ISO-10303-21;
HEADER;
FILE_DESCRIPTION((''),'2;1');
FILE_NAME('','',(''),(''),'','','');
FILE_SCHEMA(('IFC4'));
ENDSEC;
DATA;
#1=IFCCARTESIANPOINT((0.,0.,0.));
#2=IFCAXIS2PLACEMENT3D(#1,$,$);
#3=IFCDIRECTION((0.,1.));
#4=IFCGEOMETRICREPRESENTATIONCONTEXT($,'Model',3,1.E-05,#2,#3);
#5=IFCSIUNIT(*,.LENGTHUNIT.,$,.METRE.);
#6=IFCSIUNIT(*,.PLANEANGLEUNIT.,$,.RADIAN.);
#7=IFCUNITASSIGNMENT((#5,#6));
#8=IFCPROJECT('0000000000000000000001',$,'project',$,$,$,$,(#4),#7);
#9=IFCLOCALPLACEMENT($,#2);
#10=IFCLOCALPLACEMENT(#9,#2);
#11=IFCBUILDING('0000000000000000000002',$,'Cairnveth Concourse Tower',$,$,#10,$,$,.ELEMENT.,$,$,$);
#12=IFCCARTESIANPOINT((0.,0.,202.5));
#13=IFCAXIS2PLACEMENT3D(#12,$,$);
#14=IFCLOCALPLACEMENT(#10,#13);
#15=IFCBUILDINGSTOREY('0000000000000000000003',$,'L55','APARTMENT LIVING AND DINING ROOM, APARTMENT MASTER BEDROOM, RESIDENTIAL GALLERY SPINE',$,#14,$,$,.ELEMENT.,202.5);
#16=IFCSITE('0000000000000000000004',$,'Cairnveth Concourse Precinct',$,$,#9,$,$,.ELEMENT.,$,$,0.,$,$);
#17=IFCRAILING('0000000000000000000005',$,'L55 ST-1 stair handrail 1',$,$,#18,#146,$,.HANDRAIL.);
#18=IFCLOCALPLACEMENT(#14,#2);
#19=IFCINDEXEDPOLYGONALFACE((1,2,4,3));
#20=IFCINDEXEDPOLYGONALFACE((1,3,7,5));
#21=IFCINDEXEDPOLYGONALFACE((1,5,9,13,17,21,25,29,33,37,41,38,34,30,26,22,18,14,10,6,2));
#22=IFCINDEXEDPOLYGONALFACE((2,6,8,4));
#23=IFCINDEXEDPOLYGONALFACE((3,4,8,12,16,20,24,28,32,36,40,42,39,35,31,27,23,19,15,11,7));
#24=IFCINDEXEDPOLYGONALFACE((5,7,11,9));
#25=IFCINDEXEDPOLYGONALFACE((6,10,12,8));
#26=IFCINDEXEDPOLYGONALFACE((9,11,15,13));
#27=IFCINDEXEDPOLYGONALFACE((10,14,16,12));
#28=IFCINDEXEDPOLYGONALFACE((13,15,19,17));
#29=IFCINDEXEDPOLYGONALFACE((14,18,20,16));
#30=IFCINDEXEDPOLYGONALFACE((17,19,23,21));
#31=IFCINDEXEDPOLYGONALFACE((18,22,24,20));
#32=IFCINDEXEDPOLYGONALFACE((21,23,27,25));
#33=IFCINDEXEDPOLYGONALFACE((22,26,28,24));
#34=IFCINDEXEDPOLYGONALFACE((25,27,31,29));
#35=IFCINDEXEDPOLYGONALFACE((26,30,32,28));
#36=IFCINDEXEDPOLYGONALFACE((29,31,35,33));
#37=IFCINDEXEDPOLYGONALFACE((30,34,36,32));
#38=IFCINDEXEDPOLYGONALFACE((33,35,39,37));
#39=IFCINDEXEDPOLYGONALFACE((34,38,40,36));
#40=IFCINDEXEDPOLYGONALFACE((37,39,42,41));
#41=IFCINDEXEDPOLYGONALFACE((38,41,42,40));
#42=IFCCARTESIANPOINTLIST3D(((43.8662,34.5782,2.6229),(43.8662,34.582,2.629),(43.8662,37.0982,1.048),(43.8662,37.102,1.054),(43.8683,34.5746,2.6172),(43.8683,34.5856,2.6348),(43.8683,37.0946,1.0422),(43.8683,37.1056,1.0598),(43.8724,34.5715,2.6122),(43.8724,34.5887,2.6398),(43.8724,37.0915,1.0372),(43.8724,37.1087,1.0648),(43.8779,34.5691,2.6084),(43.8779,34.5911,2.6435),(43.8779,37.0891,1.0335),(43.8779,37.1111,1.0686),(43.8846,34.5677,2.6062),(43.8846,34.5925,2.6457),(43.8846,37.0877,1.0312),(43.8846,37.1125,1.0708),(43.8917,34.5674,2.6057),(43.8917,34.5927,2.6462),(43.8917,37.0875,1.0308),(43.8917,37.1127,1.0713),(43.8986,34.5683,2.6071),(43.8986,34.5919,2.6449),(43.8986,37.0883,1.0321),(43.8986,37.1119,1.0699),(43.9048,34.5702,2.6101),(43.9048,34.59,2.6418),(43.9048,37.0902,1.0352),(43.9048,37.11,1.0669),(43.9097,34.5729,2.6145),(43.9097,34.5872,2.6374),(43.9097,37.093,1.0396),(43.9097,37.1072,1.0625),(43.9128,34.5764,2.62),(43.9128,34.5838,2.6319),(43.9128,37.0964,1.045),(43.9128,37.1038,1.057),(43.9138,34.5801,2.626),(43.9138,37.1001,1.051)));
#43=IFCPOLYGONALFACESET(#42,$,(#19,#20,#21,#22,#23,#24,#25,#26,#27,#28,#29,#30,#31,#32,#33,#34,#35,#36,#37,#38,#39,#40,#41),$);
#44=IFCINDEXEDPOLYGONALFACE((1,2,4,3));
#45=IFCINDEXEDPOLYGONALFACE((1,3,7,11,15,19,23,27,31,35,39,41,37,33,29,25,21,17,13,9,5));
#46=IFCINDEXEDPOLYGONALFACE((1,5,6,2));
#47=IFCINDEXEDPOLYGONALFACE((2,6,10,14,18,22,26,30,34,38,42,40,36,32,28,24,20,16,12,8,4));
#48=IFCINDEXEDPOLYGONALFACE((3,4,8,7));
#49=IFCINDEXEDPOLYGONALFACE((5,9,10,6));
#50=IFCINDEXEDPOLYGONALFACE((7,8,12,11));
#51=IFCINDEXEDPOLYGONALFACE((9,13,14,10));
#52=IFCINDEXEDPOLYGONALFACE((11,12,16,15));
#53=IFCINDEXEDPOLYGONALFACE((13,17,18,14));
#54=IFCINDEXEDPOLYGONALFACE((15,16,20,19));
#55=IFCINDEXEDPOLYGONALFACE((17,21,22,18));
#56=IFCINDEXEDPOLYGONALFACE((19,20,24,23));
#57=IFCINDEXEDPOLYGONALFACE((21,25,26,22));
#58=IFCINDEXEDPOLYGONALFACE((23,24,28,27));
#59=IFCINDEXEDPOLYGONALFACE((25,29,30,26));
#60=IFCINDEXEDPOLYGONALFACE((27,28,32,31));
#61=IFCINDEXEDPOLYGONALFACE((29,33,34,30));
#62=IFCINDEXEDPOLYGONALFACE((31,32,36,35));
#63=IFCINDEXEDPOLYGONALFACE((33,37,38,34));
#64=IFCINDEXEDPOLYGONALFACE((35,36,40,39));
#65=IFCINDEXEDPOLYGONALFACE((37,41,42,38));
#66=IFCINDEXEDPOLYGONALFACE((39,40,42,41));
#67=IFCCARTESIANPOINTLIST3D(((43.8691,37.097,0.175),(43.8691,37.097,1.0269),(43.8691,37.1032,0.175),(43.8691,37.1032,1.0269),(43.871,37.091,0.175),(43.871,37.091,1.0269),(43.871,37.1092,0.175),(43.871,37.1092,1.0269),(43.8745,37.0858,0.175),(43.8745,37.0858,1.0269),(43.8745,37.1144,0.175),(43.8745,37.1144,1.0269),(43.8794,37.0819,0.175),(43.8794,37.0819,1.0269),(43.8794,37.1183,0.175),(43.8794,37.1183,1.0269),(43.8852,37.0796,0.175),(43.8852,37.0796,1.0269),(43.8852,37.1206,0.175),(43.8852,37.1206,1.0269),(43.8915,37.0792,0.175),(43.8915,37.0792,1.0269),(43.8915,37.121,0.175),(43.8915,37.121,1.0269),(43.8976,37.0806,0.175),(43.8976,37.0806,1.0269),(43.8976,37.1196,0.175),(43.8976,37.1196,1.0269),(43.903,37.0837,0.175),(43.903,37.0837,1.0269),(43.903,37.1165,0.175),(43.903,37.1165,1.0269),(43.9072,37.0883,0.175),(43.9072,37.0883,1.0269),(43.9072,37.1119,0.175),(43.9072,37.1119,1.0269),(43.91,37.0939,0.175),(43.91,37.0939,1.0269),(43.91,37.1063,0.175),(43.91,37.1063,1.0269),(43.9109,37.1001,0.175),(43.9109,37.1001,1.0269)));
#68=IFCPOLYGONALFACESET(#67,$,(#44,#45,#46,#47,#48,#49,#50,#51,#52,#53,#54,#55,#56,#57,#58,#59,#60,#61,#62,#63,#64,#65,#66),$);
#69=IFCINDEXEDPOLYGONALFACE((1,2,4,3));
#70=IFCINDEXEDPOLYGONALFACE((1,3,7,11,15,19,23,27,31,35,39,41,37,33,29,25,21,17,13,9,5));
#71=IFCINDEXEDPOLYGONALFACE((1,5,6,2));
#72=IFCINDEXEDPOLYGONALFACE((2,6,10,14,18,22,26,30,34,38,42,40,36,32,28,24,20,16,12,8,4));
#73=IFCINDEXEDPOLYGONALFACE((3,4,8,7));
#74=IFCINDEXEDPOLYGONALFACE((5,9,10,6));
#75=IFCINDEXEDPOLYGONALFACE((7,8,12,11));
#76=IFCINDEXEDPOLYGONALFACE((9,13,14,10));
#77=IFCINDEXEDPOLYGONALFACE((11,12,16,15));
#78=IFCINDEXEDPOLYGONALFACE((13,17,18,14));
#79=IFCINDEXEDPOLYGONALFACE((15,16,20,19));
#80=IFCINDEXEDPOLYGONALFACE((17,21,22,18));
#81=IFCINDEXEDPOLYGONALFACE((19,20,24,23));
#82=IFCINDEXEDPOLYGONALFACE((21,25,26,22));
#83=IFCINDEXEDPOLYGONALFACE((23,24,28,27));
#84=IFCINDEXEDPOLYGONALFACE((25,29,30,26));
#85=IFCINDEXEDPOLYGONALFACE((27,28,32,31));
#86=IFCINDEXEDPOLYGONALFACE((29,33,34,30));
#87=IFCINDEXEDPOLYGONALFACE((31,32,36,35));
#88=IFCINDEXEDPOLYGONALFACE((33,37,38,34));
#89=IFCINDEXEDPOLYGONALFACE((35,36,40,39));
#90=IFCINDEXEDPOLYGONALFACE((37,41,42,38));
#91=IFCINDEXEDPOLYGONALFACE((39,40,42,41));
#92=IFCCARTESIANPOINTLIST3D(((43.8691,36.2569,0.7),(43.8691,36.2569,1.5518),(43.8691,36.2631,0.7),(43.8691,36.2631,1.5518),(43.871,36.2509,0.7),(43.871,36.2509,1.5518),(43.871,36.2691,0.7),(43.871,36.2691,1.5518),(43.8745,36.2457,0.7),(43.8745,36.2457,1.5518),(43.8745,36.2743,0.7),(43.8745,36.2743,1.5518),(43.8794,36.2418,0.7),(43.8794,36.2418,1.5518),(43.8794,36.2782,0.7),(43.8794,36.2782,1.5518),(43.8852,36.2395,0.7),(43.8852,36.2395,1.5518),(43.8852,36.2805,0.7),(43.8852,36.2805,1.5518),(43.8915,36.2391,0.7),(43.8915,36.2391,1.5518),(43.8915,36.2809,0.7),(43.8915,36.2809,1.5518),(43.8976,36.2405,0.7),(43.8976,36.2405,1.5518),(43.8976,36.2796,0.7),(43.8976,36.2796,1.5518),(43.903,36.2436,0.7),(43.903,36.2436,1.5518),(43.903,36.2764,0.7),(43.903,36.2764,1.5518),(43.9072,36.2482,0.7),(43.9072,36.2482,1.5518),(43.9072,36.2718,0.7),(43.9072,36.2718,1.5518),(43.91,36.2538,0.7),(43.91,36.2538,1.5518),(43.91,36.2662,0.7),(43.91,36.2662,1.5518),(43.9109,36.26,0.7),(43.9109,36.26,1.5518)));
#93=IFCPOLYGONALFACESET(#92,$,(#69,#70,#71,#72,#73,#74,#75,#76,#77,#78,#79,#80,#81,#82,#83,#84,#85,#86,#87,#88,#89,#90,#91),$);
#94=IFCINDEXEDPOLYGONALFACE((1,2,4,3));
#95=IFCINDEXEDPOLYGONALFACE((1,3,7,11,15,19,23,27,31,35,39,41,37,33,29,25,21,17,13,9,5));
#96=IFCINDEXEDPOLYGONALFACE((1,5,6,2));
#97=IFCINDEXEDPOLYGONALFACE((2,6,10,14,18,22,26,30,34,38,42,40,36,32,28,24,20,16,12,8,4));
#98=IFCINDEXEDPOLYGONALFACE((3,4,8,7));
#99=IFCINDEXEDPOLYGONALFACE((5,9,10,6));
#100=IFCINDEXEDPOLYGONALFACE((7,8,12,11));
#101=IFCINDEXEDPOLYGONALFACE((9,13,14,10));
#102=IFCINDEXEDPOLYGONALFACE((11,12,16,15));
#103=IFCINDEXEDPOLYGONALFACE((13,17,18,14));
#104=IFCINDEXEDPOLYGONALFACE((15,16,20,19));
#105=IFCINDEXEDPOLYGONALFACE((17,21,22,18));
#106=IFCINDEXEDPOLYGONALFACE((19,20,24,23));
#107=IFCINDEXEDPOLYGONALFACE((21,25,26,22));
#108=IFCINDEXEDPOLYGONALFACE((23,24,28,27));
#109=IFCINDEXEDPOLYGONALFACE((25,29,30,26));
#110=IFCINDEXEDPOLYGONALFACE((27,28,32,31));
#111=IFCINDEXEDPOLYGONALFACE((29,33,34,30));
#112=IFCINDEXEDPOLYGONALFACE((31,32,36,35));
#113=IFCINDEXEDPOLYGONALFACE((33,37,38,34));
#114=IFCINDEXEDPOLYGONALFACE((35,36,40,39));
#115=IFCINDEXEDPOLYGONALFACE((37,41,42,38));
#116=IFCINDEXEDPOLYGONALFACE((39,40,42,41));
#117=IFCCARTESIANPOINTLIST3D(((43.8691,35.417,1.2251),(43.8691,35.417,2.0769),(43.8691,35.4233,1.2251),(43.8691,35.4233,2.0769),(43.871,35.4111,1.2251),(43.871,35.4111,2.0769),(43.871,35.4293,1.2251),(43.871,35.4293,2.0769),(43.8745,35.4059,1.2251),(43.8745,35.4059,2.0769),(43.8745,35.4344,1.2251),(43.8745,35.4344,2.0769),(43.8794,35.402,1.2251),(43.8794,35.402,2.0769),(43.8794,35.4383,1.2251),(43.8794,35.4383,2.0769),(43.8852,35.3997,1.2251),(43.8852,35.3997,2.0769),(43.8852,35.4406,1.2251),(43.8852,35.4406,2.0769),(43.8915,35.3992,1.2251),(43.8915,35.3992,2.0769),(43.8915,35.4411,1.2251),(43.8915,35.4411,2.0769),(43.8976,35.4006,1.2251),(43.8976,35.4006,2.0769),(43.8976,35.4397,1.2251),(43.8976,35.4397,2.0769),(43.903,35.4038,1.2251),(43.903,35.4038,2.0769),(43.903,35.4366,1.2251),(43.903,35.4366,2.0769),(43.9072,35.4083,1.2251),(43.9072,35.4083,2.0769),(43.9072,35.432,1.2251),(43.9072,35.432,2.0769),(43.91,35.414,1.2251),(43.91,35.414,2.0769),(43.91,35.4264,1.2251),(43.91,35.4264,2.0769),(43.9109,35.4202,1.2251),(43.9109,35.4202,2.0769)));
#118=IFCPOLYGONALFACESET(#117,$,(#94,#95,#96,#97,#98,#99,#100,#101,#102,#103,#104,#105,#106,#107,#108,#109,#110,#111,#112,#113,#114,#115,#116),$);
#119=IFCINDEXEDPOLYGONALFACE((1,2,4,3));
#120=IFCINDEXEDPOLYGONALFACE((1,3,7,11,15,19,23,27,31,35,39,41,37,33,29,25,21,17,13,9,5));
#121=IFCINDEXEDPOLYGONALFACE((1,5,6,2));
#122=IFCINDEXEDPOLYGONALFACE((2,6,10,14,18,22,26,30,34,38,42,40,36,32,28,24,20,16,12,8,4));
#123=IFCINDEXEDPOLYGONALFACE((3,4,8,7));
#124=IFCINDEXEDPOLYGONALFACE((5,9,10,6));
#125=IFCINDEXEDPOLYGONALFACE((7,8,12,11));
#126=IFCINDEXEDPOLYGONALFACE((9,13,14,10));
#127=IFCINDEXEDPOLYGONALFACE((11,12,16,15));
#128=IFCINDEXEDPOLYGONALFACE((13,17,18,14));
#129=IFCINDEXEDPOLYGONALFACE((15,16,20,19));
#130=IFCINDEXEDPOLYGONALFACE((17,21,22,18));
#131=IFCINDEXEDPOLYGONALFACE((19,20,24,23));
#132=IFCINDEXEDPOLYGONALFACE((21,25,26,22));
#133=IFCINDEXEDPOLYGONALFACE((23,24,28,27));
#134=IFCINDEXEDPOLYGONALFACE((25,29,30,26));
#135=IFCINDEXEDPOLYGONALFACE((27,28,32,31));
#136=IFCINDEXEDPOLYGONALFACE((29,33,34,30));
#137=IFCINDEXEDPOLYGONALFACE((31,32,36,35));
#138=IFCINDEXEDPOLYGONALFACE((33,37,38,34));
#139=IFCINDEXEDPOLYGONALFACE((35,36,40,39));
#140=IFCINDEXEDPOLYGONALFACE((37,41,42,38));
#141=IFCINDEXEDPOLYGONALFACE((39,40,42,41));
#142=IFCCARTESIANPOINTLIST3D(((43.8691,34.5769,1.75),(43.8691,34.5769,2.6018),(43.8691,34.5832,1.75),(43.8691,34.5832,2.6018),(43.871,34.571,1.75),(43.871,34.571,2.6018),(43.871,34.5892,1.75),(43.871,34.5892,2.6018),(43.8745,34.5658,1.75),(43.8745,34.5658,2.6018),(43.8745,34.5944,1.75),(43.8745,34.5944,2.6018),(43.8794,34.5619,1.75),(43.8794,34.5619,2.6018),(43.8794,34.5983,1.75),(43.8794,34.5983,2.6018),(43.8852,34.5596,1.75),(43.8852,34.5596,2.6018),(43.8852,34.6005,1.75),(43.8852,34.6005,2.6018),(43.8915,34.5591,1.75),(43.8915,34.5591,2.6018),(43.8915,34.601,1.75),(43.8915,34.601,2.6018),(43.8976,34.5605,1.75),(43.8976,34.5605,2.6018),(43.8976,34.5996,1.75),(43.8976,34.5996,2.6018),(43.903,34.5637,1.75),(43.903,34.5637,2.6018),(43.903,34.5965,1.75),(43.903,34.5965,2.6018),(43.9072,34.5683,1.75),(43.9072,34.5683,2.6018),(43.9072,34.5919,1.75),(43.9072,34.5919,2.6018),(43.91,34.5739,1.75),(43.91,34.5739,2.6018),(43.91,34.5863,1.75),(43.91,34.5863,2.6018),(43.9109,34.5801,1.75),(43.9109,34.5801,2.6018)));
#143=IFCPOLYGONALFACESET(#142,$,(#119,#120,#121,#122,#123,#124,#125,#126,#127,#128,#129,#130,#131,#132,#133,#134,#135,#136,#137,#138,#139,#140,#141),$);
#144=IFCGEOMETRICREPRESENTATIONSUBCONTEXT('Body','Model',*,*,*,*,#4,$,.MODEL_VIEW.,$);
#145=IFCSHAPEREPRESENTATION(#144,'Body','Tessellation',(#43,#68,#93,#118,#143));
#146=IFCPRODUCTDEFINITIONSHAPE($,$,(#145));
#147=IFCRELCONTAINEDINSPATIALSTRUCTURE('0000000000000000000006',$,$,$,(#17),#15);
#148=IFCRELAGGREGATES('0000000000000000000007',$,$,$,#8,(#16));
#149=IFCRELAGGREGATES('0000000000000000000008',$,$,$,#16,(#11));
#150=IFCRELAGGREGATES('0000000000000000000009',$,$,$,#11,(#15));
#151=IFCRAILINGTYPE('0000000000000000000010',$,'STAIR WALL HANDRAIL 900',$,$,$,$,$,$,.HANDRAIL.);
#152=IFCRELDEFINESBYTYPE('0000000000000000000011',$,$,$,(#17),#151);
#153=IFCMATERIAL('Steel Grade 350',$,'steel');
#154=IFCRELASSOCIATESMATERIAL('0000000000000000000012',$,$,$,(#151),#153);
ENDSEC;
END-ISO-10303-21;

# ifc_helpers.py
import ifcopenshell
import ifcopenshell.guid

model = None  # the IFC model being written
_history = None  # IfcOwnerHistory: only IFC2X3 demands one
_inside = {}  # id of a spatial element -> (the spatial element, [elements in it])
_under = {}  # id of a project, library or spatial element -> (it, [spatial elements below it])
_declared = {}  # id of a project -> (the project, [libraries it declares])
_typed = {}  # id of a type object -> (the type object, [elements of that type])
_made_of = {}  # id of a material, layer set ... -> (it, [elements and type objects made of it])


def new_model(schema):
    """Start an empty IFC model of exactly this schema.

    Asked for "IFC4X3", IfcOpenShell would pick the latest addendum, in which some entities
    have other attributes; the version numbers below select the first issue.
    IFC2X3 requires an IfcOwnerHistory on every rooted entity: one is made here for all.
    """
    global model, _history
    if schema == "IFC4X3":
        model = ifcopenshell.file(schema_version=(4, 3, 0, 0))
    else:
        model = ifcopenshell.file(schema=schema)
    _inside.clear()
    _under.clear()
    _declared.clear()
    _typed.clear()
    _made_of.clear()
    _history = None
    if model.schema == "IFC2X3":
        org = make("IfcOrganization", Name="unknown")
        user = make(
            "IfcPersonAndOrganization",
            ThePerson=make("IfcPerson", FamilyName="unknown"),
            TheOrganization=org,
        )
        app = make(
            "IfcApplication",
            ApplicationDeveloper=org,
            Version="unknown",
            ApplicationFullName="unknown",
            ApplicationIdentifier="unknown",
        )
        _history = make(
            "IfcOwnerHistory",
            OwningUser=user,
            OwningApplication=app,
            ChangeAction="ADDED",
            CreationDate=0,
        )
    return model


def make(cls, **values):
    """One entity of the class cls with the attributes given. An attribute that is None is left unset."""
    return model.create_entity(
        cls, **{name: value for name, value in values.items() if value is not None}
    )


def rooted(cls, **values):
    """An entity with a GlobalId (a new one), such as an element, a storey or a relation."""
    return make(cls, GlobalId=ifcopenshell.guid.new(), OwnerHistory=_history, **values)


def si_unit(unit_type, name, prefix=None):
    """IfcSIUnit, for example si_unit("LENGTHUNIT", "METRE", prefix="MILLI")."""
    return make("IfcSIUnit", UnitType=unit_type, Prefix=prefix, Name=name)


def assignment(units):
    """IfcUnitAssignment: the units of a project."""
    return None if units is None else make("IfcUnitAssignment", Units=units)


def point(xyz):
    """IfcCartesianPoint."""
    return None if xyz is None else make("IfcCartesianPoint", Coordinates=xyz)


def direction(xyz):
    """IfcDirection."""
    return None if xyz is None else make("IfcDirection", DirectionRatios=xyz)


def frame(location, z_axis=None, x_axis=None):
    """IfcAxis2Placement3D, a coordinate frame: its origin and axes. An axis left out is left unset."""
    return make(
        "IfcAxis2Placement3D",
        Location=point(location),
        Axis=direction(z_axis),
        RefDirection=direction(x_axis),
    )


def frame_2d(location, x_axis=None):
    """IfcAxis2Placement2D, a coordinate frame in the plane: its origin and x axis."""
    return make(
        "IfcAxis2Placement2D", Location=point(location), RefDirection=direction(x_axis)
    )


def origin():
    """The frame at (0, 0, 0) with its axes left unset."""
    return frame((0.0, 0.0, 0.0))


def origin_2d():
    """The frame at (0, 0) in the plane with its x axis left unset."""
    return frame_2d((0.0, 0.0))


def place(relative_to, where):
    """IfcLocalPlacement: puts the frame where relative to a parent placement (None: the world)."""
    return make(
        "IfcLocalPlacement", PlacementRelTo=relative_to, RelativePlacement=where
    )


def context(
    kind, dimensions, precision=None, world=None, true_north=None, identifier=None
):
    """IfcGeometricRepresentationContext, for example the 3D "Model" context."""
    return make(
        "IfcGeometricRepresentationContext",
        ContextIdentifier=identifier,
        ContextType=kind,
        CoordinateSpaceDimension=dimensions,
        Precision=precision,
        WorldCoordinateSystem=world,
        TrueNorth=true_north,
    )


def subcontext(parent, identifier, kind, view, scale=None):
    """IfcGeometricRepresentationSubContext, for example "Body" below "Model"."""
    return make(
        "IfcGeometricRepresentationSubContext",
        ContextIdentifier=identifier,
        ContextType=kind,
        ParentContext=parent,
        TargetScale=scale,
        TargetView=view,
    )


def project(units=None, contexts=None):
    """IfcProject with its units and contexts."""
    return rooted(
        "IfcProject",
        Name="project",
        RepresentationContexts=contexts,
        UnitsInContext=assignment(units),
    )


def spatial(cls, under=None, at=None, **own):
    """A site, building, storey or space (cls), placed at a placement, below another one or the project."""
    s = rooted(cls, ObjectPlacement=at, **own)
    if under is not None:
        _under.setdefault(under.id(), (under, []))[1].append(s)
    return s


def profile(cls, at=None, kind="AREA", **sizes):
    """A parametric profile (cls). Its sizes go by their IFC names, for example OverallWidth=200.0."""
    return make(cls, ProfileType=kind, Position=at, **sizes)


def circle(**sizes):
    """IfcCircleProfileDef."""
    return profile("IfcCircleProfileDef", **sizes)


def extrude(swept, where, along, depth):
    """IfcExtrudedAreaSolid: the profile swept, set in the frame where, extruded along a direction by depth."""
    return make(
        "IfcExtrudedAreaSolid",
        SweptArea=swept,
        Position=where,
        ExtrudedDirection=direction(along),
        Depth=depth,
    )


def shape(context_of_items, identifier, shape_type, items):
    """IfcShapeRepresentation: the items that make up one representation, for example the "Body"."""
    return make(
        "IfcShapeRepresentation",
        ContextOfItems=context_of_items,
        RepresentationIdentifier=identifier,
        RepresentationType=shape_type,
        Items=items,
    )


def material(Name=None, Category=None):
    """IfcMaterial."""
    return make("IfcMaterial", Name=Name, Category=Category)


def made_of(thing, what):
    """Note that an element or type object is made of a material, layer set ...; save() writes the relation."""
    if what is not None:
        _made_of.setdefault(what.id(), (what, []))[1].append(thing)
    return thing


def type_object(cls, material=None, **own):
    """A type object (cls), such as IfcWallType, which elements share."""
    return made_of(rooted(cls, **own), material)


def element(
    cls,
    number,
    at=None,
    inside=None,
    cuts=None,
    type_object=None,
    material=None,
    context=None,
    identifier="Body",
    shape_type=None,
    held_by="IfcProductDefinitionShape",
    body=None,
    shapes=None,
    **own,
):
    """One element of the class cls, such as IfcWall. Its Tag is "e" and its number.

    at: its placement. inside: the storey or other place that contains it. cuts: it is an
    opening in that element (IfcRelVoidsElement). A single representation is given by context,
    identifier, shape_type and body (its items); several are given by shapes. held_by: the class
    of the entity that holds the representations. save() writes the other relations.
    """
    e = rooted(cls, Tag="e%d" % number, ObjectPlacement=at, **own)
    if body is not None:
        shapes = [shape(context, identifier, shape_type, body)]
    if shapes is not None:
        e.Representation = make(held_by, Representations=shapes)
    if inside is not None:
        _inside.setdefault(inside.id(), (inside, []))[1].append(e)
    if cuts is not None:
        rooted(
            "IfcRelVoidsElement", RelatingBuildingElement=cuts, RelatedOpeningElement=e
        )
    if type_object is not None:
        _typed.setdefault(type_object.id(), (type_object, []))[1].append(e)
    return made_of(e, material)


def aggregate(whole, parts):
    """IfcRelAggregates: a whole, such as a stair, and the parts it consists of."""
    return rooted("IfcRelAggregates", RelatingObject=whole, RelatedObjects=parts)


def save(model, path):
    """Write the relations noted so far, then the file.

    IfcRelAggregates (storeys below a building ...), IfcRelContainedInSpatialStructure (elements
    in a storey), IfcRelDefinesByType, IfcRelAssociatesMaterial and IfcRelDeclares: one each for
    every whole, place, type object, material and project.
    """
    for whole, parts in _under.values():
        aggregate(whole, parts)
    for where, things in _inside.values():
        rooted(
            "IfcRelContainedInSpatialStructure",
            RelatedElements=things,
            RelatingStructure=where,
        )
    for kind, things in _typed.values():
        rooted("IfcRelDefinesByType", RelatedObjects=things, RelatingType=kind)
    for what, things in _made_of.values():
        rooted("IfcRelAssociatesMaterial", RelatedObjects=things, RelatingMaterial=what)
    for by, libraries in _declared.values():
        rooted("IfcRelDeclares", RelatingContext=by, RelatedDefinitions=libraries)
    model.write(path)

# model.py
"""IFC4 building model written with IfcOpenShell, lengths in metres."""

from ifc_helpers import new_model, si_unit, direction, frame, origin, origin_2d, place, context, subcontext, project, spatial, circle, extrude, material, type_object, element, save


model = new_model("IFC4")

# Units and contexts
model_context = context("Model", 3, precision=1e-05, world=origin(), true_north=direction((0.0, 1.0)))
body_context = subcontext(model_context, "Body", "Model", "MODEL_VIEW")
ifc_project = project(units=[si_unit("LENGTHUNIT", "METRE"), si_unit("PLANEANGLEUNIT", "RADIAN")], contexts=[model_context])

# Site, building, storey
site_placement = place(None, origin())
site = spatial("IfcSite", under=ifc_project, at=site_placement, Name="Cairnveth Concourse Precinct", CompositionType="ELEMENT", RefElevation=0.0)
building_placement = place(site_placement, origin())
building = spatial("IfcBuilding", under=site, at=building_placement, Name="Cairnveth Concourse Tower", CompositionType="ELEMENT")
storey_placement = place(building_placement, frame((0.0, 0.0, 202.5)))
storey = spatial("IfcBuildingStorey", under=building, at=storey_placement, Name="L55", Description="APARTMENT LIVING AND DINING ROOM, APARTMENT MASTER BEDROOM, RESIDENTIAL GALLERY SPINE", CompositionType="ELEMENT", Elevation=202.5)

# Shared definitions
ifc_material_1 = material(Name="Steel Grade 350", Category="steel")

# Railing
railing_type_1 = type_object("IfcRailingType", Name="STAIR WALL HANDRAIL 900", PredefinedType="HANDRAIL", material=ifc_material_1)
railing_1_placement = place(storey_placement, frame((43.8899, 37.1001, 0.175)))
element("IfcRailing", 1, at=railing_1_placement, inside=storey, type_object=railing_type_1, Name="L55 ST-1 stair handrail 1", PredefinedType="HANDRAIL", context=body_context, shape_type="SweptSolid", body=[
    extrude(circle(Radius=0.0239, at=origin_2d()), frame((0.0, 0.0, 0.876), z_axis=(0.0, -0.848008, 0.529984), x_axis=(1.0, 0.0, 0.0)), (0.0, 0.0, 1.0), 2.9717),
    extrude(circle(Radius=0.021, at=origin_2d()), origin(), (0.0, 0.0, 1.0), 0.8518),
    extrude(circle(Radius=0.021, at=origin_2d()), frame((0.0, -0.8401, 0.5249)), (0.0, 0.0, 1.0), 0.8518),
    extrude(circle(Radius=0.021, at=origin_2d()), frame((0.0, -1.6799, 1.05)), (0.0, 0.0, 1.0), 0.8518),
    extrude(circle(Radius=0.021, at=origin_2d()), frame((0.0, -2.52, 1.575)), (0.0, 0.0, 1.0), 0.8518),
])

save(model, "model.ifc")
